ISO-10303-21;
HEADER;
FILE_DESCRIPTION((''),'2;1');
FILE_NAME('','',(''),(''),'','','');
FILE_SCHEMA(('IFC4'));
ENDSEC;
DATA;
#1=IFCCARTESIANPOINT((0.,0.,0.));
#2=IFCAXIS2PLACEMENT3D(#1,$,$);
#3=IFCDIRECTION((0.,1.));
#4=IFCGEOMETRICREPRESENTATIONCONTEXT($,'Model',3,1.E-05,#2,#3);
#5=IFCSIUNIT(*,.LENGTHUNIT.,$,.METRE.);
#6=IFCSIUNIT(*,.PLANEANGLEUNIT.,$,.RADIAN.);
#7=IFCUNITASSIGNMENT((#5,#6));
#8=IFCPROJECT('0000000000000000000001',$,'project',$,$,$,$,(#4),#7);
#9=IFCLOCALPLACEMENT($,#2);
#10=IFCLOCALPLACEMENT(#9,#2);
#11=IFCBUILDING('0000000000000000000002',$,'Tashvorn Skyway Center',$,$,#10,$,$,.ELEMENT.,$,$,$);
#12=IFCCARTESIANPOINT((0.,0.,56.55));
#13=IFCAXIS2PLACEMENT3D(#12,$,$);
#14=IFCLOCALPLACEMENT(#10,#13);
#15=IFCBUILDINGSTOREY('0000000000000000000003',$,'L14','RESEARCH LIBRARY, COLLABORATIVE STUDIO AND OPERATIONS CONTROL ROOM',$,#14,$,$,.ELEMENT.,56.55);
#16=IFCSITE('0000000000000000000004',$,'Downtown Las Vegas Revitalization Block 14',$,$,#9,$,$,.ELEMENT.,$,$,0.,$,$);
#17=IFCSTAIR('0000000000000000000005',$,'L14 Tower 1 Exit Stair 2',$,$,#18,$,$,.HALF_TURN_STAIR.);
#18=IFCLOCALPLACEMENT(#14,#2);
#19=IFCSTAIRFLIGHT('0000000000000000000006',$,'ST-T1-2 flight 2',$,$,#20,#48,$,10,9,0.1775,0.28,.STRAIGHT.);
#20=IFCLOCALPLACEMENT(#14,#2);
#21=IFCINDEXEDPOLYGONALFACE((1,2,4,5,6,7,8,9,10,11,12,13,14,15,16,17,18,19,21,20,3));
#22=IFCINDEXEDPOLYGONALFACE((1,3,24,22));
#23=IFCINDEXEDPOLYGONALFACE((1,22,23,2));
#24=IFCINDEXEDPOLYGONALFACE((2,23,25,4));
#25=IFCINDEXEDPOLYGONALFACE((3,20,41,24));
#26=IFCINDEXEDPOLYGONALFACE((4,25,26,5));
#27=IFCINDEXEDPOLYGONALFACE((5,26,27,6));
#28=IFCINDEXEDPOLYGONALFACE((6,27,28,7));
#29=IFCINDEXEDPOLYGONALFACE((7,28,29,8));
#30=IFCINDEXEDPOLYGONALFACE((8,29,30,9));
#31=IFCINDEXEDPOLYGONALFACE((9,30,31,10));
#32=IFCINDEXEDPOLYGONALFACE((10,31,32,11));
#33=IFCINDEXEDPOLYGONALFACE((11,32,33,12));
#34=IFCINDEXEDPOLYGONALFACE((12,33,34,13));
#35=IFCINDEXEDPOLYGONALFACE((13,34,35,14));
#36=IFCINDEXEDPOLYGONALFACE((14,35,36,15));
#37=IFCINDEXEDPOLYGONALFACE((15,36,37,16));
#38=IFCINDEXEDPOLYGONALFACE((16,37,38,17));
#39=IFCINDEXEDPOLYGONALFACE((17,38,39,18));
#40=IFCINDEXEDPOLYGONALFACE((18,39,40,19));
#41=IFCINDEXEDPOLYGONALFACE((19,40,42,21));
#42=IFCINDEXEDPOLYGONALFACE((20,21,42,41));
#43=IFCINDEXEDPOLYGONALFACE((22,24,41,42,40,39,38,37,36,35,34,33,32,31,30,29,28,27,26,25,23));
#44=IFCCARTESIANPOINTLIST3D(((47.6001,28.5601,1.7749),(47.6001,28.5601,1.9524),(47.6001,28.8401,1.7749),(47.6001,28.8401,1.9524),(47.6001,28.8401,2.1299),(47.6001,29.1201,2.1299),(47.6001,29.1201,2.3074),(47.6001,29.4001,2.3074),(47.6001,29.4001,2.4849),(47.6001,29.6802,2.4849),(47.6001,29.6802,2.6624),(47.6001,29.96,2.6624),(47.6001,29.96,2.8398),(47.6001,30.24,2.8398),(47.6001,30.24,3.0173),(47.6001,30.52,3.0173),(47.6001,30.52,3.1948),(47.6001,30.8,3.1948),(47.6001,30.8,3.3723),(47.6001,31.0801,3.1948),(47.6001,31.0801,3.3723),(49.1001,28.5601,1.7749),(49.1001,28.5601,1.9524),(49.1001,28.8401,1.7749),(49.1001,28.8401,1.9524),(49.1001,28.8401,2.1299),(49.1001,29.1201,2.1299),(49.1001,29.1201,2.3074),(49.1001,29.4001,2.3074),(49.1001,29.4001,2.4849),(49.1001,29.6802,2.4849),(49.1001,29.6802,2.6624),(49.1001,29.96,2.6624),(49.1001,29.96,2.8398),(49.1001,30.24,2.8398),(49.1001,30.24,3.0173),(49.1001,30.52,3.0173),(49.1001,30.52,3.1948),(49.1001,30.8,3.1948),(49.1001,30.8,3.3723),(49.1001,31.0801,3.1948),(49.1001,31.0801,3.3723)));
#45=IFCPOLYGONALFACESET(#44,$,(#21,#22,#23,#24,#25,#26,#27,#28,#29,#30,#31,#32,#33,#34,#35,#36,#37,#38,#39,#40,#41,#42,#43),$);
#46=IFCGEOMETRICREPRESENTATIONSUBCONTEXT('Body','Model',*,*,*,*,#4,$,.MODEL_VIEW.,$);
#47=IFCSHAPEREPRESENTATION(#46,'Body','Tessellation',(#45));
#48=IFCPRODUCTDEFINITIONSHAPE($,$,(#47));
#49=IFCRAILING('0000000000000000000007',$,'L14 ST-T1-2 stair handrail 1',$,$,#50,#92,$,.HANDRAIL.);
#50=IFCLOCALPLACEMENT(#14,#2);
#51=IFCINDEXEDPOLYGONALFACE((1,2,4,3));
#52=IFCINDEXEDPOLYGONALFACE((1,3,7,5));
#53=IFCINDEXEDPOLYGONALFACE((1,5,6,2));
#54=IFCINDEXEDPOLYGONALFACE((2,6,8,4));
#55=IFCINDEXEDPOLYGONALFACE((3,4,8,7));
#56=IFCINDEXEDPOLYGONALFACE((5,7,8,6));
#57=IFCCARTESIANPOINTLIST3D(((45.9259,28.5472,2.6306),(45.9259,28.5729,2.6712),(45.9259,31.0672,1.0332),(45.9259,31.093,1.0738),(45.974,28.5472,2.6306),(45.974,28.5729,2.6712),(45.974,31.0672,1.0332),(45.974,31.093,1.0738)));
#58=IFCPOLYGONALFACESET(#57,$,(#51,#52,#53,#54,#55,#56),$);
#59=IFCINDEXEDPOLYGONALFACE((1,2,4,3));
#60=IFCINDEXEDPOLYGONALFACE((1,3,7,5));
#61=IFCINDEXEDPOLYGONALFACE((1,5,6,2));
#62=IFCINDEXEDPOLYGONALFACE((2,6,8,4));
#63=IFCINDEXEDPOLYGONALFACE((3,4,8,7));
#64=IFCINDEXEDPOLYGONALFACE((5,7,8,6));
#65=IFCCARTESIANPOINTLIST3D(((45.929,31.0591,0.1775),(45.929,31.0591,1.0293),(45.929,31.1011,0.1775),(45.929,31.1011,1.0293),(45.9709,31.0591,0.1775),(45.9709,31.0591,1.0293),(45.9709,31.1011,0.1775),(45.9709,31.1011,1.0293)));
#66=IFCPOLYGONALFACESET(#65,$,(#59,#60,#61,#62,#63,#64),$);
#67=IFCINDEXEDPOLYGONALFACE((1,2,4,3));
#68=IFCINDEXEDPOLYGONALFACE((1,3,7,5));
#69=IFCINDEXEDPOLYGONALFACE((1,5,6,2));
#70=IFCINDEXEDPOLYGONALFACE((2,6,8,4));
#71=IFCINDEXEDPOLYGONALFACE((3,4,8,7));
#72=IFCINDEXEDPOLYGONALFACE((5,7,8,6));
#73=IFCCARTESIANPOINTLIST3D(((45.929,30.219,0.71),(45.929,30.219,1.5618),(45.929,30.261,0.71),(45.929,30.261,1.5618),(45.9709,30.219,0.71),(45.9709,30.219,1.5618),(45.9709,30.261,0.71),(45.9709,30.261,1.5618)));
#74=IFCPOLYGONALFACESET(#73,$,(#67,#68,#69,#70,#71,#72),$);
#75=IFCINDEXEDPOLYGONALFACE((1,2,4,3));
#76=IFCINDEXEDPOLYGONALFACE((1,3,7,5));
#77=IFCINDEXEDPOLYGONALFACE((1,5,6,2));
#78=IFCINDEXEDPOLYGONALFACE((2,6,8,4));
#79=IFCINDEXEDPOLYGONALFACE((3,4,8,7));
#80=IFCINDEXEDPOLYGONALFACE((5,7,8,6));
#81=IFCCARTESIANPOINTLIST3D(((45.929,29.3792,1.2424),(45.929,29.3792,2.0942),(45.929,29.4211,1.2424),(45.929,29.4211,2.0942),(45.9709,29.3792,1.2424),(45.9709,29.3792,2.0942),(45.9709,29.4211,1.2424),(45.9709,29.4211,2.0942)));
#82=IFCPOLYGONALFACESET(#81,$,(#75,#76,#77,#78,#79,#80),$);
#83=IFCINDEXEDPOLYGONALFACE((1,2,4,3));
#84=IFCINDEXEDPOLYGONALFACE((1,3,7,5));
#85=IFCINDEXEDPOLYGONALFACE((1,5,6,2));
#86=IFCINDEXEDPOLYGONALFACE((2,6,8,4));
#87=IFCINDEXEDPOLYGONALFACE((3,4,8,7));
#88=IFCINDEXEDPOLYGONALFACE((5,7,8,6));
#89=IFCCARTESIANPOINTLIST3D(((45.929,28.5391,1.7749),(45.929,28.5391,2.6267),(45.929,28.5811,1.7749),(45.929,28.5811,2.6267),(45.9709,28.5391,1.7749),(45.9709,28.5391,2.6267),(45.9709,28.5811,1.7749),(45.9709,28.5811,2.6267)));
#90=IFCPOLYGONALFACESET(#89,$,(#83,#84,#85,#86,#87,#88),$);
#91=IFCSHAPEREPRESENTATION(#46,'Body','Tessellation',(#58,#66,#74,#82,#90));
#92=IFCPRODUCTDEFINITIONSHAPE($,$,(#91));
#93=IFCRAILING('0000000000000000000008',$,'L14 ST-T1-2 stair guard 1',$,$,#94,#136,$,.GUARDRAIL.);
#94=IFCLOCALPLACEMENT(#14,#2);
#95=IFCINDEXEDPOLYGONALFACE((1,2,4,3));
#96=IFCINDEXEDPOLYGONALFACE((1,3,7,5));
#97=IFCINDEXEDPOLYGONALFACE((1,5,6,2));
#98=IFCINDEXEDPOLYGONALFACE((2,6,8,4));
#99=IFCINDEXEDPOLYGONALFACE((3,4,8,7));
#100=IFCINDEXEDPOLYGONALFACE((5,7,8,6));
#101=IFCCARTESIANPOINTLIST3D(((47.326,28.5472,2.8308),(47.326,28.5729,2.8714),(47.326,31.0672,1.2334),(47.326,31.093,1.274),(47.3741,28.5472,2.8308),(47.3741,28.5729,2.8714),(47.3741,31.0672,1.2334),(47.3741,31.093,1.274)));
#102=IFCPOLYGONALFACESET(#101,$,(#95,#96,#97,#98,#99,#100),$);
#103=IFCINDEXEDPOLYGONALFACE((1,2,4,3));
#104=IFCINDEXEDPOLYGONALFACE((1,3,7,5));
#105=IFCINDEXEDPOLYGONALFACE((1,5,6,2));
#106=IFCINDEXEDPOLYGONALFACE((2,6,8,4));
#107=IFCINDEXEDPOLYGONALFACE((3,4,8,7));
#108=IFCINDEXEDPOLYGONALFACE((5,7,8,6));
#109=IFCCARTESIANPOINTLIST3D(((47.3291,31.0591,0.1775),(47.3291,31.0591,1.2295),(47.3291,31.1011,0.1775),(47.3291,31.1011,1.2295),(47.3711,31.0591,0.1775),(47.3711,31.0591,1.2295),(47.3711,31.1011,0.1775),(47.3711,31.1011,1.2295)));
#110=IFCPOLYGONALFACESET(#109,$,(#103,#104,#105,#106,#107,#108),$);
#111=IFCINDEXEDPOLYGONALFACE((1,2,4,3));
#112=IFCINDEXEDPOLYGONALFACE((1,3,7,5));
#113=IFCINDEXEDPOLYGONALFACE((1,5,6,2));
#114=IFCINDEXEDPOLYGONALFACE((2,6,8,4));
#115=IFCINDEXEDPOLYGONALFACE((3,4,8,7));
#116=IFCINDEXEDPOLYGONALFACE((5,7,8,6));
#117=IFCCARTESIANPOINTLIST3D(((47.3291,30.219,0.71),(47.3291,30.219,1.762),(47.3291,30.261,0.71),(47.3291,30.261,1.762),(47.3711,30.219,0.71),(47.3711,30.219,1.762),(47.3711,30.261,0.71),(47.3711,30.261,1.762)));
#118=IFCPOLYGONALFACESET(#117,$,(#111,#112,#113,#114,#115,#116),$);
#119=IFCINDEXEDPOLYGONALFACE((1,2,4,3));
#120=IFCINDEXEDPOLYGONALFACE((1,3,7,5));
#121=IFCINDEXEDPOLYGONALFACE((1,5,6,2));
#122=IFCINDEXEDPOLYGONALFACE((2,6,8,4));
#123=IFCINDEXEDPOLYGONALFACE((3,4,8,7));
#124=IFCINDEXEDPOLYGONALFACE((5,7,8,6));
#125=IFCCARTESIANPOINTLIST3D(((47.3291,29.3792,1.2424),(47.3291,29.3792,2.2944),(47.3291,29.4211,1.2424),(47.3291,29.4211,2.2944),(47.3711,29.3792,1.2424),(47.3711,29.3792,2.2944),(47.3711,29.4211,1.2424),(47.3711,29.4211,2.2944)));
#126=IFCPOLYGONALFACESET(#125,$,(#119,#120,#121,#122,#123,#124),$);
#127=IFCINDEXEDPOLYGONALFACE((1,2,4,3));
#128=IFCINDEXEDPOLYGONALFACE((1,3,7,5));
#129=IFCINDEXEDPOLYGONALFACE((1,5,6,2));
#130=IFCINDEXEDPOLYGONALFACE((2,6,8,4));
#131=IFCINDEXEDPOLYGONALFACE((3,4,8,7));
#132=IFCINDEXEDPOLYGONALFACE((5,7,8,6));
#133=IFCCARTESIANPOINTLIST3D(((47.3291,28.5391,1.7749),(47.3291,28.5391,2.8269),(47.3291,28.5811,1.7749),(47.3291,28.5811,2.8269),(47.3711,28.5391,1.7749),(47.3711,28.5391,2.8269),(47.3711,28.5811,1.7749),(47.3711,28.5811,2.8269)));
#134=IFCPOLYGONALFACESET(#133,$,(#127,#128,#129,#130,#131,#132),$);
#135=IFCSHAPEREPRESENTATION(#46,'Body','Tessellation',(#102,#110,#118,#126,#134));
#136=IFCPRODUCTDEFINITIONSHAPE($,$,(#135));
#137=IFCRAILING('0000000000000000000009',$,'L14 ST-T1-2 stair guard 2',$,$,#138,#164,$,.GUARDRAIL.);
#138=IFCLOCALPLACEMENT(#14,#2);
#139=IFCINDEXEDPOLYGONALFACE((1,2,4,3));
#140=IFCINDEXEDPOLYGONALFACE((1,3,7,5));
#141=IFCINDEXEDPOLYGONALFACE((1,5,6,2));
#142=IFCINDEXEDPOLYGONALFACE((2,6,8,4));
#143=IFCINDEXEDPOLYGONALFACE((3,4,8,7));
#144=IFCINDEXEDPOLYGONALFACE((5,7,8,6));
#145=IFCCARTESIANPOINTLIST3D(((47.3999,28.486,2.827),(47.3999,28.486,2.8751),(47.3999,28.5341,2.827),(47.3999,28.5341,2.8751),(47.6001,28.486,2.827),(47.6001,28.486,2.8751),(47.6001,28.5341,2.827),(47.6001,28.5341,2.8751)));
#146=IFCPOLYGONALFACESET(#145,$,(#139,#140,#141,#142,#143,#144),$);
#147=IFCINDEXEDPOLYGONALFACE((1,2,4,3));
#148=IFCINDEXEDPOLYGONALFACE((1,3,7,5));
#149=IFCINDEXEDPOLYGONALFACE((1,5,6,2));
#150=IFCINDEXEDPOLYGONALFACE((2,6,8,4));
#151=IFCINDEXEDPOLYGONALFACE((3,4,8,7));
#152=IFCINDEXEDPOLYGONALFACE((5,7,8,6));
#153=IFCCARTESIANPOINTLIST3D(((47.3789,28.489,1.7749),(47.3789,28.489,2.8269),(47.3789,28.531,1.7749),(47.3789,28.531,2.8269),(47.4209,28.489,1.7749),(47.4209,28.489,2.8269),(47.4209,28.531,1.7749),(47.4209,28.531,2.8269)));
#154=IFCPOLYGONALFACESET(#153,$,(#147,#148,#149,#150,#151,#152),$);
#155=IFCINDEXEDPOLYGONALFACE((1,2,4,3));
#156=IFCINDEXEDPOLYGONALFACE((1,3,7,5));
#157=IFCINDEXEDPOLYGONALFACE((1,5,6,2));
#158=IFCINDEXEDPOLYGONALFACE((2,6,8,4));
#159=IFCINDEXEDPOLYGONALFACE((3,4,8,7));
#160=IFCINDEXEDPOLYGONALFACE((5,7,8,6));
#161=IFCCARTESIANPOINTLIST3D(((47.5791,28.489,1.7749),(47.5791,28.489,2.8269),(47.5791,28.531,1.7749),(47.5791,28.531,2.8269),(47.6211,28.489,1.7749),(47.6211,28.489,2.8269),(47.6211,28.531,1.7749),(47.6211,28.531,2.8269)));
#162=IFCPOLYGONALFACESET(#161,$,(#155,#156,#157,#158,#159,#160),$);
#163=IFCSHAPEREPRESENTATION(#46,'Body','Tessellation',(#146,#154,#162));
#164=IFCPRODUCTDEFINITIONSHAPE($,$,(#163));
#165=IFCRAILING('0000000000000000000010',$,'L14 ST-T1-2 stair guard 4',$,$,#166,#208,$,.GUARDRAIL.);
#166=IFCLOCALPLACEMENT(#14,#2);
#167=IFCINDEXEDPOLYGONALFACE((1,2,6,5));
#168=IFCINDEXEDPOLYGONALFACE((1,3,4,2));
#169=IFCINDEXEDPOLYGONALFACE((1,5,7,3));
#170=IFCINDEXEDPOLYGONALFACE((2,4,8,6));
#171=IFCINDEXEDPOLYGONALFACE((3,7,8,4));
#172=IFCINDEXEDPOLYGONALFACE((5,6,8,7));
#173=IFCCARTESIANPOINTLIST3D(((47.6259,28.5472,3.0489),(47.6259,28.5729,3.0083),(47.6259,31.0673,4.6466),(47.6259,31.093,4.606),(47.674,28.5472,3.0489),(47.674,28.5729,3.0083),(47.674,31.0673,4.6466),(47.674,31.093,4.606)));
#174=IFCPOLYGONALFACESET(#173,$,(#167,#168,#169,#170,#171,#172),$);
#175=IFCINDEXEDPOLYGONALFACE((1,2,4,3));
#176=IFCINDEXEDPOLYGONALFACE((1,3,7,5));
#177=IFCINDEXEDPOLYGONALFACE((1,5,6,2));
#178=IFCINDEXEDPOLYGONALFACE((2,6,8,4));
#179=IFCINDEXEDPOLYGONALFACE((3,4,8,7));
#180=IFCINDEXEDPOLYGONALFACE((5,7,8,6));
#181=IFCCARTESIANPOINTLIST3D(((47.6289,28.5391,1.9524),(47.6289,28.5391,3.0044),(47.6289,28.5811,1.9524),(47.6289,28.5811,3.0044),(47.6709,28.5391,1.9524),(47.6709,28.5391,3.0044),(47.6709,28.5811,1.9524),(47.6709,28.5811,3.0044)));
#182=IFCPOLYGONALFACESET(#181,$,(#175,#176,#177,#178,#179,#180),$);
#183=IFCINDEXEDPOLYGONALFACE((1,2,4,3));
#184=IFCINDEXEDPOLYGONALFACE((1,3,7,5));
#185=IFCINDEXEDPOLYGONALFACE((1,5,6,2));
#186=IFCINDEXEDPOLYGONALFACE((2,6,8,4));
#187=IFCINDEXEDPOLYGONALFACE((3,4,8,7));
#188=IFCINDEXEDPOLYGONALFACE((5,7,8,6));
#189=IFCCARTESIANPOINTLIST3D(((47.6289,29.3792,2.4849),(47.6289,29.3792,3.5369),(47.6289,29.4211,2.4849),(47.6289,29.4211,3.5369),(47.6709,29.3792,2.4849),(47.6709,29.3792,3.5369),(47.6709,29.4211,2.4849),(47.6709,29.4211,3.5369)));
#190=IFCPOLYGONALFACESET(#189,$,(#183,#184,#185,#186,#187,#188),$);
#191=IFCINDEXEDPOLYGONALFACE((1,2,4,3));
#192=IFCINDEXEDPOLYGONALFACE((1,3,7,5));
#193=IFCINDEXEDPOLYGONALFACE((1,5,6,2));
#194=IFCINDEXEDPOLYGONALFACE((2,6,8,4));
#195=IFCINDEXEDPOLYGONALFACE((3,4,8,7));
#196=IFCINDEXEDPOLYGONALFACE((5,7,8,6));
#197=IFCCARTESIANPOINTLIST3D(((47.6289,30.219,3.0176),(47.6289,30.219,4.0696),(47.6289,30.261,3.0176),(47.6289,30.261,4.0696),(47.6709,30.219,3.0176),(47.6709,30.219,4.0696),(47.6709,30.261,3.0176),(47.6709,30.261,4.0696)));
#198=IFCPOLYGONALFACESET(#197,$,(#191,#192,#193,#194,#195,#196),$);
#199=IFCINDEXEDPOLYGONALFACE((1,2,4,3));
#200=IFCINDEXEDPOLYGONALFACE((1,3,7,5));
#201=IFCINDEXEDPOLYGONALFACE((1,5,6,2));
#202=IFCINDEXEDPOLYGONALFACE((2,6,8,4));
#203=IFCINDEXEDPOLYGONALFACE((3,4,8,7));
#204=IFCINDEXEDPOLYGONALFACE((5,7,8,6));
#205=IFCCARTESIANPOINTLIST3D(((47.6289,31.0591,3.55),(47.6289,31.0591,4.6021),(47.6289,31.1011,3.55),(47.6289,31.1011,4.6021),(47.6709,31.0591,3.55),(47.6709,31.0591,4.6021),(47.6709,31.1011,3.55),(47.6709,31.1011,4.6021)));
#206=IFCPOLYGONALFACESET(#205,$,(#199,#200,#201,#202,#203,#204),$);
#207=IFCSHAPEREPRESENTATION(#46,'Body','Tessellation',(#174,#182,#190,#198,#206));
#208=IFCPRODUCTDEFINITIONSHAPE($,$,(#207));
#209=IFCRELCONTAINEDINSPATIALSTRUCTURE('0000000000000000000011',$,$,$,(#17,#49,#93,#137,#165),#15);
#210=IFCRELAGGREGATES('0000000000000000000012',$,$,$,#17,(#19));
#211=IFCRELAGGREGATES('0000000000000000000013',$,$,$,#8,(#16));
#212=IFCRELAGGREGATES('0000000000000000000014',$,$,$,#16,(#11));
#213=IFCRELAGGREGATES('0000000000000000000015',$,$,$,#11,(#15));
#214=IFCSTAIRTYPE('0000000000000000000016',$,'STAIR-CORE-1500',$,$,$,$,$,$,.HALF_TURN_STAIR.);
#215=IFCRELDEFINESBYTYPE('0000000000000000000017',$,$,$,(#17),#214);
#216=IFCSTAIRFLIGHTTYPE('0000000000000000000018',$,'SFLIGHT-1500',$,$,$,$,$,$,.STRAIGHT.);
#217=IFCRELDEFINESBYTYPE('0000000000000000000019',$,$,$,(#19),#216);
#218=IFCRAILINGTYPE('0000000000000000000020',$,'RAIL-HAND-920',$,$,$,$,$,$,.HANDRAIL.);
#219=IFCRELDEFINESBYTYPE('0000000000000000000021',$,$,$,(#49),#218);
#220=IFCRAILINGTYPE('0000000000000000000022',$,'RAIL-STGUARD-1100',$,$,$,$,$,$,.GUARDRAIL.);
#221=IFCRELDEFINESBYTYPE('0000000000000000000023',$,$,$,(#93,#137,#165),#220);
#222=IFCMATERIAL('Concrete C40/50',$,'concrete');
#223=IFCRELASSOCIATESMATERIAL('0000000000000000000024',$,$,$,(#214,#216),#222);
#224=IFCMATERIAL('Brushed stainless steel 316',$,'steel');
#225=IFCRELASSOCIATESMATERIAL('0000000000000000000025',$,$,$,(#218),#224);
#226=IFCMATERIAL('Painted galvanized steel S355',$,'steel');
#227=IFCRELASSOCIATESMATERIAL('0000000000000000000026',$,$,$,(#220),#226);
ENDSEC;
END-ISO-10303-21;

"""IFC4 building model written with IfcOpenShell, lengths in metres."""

from ifc_helpers import new_model, si_unit, direction, frame, origin, origin_2d, place, context, subcontext, project, spatial, polyline, rectangle, outline, extrude, material, type_object, element, aggregate, save


model = new_model("IFC4")

# Units and contexts
model_context = context("Model", 3, precision=1e-05, world=origin(), true_north=direction((0.0, 1.0)))
body_context = subcontext(model_context, "Body", "Model", "MODEL_VIEW")
ifc_project = project(units=[si_unit("LENGTHUNIT", "METRE"), si_unit("PLANEANGLEUNIT", "RADIAN")], contexts=[model_context])

# Site, building, storey
site_placement = place(None, origin())
site = spatial("IfcSite", under=ifc_project, at=site_placement, Name="Downtown Las Vegas Revitalization Block 14", CompositionType="ELEMENT", RefElevation=0.0)
building_placement = place(site_placement, origin())
building = spatial("IfcBuilding", under=site, at=building_placement, Name="Tashvorn Skyway Center", CompositionType="ELEMENT")
storey_placement = place(building_placement, frame((0.0, 0.0, 56.55)))
storey = spatial("IfcBuildingStorey", under=building, at=storey_placement, Name="L14", Description="RESEARCH LIBRARY, COLLABORATIVE STUDIO AND OPERATIONS CONTROL ROOM", CompositionType="ELEMENT", Elevation=56.55)

# Shared definitions
ifc_material_1 = material(Name="Concrete C40/50", Category="concrete")

# Stair, stair flight
stair_type = type_object("IfcStairType", Name="STAIR-CORE-1500", PredefinedType="HALF_TURN_STAIR", material=ifc_material_1)
stair_placement = place(storey_placement, origin())
stair = element("IfcStair", 1, at=stair_placement, inside=storey, type_object=stair_type, Name="L14 Tower 1 Exit Stair 2", PredefinedType="HALF_TURN_STAIR")
stair_flight_type = type_object("IfcStairFlightType", Name="SFLIGHT-1500", PredefinedType="STRAIGHT", material=ifc_material_1)
stair_flight_1_placement = place(storey_placement, frame((48.3501, 28.5601, 1.7749), z_axis=(0.0, 0.0, 1.0), x_axis=(0.0, 1.0, 0.0)))
stair_flight_1 = element("IfcStairFlight", 2, at=stair_flight_1_placement, type_object=stair_flight_type, Name="ST-T1-2 flight 2", NumberOfRisers=10, NumberOfTreads=9, PredefinedType="STRAIGHT", RiserHeight=0.1775, TreadLength=0.28, context=body_context, shape_type="SweptSolid", body=[
    extrude(outline(polyline([(0.0, 0.0), (0.0, 0.1775), (0.28, 0.1775), (0.28, 0.355), (0.5601, 0.355), (0.5601, 0.5325), (0.8401, 0.5325), (0.8401, 0.71), (1.1201, 0.71), (1.1201, 0.8875), (1.3999, 0.8875), (1.3999, 1.0649), (1.6799, 1.0649), (1.6799, 1.2424), (1.96, 1.2424), (1.96, 1.4199), (2.24, 1.4199), (2.24, 1.5974), (2.52, 1.5974), (2.52, 1.7749), (2.52, 1.4199), (0.28, 0.0), (0.0, 0.0)])), frame((0.0, 0.75, 0.0), z_axis=(0.0, -1.0, 0.0), x_axis=(1.0, 0.0, 0.0)), (0.0, 0.0, 1.0), 1.5),
])
aggregate(stair, [stair_flight_1])

# Railings
ifc_material_2 = material(Name="Brushed stainless steel 316", Category="steel")
railing_type_1 = type_object("IfcRailingType", Name="RAIL-HAND-920", PredefinedType="HANDRAIL", material=ifc_material_2)
railing_1_placement = place(storey_placement, frame((45.95, 31.0801, 0.1775)))
element("IfcRailing", 3, at=railing_1_placement, inside=storey, type_object=railing_type_1, Name="L14 ST-T1-2 stair handrail 1", PredefinedType="HANDRAIL", context=body_context, shape_type="SweptSolid", body=[
    extrude(rectangle(XDim=0.0481, YDim=0.0481, at=origin_2d()), frame((0.0, 0.0, 0.876), z_axis=(0.0, -0.844607, 0.535387), x_axis=(1.0, 0.0, 0.0)), (0.0, 0.0, 1.0), 2.9836),
    extrude(rectangle(XDim=0.042, YDim=0.042, at=origin_2d()), origin(), (0.0, 0.0, 1.0), 0.8518),
    extrude(rectangle(XDim=0.042, YDim=0.042, at=origin_2d()), frame((0.0, -0.8401, 0.5325)), (0.0, 0.0, 1.0), 0.8518),
    extrude(rectangle(XDim=0.042, YDim=0.042, at=origin_2d()), frame((0.0, -1.6799, 1.0649)), (0.0, 0.0, 1.0), 0.8518),
    extrude(rectangle(XDim=0.042, YDim=0.042, at=origin_2d()), frame((0.0, -2.52, 1.5974)), (0.0, 0.0, 1.0), 0.8518),
])
ifc_material_3 = material(Name="Painted galvanized steel S355", Category="steel")
railing_type_2 = type_object("IfcRailingType", Name="RAIL-STGUARD-1100", PredefinedType="GUARDRAIL", material=ifc_material_3)
railing_2_placement = place(storey_placement, frame((47.3501, 31.0801, 0.1775)))
element("IfcRailing", 4, at=railing_2_placement, inside=storey, type_object=railing_type_2, Name="L14 ST-T1-2 stair guard 1", PredefinedType="GUARDRAIL", context=body_context, shape_type="SweptSolid", body=[
    extrude(rectangle(XDim=0.0481, YDim=0.0481, at=origin_2d()), frame((0.0, 0.0, 1.0762), z_axis=(0.0, -0.844607, 0.535387), x_axis=(1.0, 0.0, 0.0)), (0.0, 0.0, 1.0), 2.9836),
    extrude(rectangle(XDim=0.042, YDim=0.042, at=origin_2d()), origin(), (0.0, 0.0, 1.0), 1.052),
    extrude(rectangle(XDim=0.042, YDim=0.042, at=origin_2d()), frame((0.0, -0.8401, 0.5325)), (0.0, 0.0, 1.0), 1.052),
    extrude(rectangle(XDim=0.042, YDim=0.042, at=origin_2d()), frame((0.0, -1.6799, 1.0649)), (0.0, 0.0, 1.0), 1.052),
    extrude(rectangle(XDim=0.042, YDim=0.042, at=origin_2d()), frame((0.0, -2.52, 1.5974)), (0.0, 0.0, 1.0), 1.052),
])
railing_3_placement = place(storey_placement, frame((47.3999, 28.51, 1.7749)))
element("IfcRailing", 5, at=railing_3_placement, inside=storey, type_object=railing_type_2, Name="L14 ST-T1-2 stair guard 2", PredefinedType="GUARDRAIL", context=body_context, shape_type="SweptSolid", body=[
    extrude(rectangle(XDim=0.0481, YDim=0.0481, at=origin_2d()), frame((0.0, 0.0, 1.0762), z_axis=(1.0, 0.0, 0.0), x_axis=(0.0, 1.0, 0.0)), (0.0, 0.0, 1.0), 0.2002),
    extrude(rectangle(XDim=0.042, YDim=0.042, at=origin_2d()), origin(), (0.0, 0.0, 1.0), 1.052),
    extrude(rectangle(XDim=0.042, YDim=0.042, at=origin_2d()), frame((0.2002, 0.0, 0.0)), (0.0, 0.0, 1.0), 1.052),
])
railing_4_placement = place(storey_placement, frame((47.6499, 28.5601, 1.9524)))
element("IfcRailing", 6, at=railing_4_placement, inside=storey, type_object=railing_type_2, Name="L14 ST-T1-2 stair guard 4", PredefinedType="GUARDRAIL", context=body_context, shape_type="SweptSolid", body=[
    extrude(rectangle(XDim=0.0481, YDim=0.0481, at=origin_2d()), frame((0.0, 0.0, 1.0762), z_axis=(0.0, 0.84457, 0.535445), x_axis=(-1.0, 0.0, 0.0)), (0.0, 0.0, 1.0), 2.9839),
    extrude(rectangle(XDim=0.042, YDim=0.042, at=origin_2d()), origin(), (0.0, 0.0, 1.0), 1.052),
    extrude(rectangle(XDim=0.042, YDim=0.042, at=origin_2d()), frame((0.0, 0.8401, 0.5325)), (0.0, 0.0, 1.0), 1.052),
    extrude(rectangle(XDim=0.042, YDim=0.042, at=origin_2d()), frame((0.0, 1.6799, 1.0652)), (0.0, 0.0, 1.0), 1.052),
    extrude(rectangle(XDim=0.042, YDim=0.042, at=origin_2d()), frame((0.0, 2.52, 1.5977)), (0.0, 0.0, 1.0), 1.052),
])

save(model, "model.ifc")
